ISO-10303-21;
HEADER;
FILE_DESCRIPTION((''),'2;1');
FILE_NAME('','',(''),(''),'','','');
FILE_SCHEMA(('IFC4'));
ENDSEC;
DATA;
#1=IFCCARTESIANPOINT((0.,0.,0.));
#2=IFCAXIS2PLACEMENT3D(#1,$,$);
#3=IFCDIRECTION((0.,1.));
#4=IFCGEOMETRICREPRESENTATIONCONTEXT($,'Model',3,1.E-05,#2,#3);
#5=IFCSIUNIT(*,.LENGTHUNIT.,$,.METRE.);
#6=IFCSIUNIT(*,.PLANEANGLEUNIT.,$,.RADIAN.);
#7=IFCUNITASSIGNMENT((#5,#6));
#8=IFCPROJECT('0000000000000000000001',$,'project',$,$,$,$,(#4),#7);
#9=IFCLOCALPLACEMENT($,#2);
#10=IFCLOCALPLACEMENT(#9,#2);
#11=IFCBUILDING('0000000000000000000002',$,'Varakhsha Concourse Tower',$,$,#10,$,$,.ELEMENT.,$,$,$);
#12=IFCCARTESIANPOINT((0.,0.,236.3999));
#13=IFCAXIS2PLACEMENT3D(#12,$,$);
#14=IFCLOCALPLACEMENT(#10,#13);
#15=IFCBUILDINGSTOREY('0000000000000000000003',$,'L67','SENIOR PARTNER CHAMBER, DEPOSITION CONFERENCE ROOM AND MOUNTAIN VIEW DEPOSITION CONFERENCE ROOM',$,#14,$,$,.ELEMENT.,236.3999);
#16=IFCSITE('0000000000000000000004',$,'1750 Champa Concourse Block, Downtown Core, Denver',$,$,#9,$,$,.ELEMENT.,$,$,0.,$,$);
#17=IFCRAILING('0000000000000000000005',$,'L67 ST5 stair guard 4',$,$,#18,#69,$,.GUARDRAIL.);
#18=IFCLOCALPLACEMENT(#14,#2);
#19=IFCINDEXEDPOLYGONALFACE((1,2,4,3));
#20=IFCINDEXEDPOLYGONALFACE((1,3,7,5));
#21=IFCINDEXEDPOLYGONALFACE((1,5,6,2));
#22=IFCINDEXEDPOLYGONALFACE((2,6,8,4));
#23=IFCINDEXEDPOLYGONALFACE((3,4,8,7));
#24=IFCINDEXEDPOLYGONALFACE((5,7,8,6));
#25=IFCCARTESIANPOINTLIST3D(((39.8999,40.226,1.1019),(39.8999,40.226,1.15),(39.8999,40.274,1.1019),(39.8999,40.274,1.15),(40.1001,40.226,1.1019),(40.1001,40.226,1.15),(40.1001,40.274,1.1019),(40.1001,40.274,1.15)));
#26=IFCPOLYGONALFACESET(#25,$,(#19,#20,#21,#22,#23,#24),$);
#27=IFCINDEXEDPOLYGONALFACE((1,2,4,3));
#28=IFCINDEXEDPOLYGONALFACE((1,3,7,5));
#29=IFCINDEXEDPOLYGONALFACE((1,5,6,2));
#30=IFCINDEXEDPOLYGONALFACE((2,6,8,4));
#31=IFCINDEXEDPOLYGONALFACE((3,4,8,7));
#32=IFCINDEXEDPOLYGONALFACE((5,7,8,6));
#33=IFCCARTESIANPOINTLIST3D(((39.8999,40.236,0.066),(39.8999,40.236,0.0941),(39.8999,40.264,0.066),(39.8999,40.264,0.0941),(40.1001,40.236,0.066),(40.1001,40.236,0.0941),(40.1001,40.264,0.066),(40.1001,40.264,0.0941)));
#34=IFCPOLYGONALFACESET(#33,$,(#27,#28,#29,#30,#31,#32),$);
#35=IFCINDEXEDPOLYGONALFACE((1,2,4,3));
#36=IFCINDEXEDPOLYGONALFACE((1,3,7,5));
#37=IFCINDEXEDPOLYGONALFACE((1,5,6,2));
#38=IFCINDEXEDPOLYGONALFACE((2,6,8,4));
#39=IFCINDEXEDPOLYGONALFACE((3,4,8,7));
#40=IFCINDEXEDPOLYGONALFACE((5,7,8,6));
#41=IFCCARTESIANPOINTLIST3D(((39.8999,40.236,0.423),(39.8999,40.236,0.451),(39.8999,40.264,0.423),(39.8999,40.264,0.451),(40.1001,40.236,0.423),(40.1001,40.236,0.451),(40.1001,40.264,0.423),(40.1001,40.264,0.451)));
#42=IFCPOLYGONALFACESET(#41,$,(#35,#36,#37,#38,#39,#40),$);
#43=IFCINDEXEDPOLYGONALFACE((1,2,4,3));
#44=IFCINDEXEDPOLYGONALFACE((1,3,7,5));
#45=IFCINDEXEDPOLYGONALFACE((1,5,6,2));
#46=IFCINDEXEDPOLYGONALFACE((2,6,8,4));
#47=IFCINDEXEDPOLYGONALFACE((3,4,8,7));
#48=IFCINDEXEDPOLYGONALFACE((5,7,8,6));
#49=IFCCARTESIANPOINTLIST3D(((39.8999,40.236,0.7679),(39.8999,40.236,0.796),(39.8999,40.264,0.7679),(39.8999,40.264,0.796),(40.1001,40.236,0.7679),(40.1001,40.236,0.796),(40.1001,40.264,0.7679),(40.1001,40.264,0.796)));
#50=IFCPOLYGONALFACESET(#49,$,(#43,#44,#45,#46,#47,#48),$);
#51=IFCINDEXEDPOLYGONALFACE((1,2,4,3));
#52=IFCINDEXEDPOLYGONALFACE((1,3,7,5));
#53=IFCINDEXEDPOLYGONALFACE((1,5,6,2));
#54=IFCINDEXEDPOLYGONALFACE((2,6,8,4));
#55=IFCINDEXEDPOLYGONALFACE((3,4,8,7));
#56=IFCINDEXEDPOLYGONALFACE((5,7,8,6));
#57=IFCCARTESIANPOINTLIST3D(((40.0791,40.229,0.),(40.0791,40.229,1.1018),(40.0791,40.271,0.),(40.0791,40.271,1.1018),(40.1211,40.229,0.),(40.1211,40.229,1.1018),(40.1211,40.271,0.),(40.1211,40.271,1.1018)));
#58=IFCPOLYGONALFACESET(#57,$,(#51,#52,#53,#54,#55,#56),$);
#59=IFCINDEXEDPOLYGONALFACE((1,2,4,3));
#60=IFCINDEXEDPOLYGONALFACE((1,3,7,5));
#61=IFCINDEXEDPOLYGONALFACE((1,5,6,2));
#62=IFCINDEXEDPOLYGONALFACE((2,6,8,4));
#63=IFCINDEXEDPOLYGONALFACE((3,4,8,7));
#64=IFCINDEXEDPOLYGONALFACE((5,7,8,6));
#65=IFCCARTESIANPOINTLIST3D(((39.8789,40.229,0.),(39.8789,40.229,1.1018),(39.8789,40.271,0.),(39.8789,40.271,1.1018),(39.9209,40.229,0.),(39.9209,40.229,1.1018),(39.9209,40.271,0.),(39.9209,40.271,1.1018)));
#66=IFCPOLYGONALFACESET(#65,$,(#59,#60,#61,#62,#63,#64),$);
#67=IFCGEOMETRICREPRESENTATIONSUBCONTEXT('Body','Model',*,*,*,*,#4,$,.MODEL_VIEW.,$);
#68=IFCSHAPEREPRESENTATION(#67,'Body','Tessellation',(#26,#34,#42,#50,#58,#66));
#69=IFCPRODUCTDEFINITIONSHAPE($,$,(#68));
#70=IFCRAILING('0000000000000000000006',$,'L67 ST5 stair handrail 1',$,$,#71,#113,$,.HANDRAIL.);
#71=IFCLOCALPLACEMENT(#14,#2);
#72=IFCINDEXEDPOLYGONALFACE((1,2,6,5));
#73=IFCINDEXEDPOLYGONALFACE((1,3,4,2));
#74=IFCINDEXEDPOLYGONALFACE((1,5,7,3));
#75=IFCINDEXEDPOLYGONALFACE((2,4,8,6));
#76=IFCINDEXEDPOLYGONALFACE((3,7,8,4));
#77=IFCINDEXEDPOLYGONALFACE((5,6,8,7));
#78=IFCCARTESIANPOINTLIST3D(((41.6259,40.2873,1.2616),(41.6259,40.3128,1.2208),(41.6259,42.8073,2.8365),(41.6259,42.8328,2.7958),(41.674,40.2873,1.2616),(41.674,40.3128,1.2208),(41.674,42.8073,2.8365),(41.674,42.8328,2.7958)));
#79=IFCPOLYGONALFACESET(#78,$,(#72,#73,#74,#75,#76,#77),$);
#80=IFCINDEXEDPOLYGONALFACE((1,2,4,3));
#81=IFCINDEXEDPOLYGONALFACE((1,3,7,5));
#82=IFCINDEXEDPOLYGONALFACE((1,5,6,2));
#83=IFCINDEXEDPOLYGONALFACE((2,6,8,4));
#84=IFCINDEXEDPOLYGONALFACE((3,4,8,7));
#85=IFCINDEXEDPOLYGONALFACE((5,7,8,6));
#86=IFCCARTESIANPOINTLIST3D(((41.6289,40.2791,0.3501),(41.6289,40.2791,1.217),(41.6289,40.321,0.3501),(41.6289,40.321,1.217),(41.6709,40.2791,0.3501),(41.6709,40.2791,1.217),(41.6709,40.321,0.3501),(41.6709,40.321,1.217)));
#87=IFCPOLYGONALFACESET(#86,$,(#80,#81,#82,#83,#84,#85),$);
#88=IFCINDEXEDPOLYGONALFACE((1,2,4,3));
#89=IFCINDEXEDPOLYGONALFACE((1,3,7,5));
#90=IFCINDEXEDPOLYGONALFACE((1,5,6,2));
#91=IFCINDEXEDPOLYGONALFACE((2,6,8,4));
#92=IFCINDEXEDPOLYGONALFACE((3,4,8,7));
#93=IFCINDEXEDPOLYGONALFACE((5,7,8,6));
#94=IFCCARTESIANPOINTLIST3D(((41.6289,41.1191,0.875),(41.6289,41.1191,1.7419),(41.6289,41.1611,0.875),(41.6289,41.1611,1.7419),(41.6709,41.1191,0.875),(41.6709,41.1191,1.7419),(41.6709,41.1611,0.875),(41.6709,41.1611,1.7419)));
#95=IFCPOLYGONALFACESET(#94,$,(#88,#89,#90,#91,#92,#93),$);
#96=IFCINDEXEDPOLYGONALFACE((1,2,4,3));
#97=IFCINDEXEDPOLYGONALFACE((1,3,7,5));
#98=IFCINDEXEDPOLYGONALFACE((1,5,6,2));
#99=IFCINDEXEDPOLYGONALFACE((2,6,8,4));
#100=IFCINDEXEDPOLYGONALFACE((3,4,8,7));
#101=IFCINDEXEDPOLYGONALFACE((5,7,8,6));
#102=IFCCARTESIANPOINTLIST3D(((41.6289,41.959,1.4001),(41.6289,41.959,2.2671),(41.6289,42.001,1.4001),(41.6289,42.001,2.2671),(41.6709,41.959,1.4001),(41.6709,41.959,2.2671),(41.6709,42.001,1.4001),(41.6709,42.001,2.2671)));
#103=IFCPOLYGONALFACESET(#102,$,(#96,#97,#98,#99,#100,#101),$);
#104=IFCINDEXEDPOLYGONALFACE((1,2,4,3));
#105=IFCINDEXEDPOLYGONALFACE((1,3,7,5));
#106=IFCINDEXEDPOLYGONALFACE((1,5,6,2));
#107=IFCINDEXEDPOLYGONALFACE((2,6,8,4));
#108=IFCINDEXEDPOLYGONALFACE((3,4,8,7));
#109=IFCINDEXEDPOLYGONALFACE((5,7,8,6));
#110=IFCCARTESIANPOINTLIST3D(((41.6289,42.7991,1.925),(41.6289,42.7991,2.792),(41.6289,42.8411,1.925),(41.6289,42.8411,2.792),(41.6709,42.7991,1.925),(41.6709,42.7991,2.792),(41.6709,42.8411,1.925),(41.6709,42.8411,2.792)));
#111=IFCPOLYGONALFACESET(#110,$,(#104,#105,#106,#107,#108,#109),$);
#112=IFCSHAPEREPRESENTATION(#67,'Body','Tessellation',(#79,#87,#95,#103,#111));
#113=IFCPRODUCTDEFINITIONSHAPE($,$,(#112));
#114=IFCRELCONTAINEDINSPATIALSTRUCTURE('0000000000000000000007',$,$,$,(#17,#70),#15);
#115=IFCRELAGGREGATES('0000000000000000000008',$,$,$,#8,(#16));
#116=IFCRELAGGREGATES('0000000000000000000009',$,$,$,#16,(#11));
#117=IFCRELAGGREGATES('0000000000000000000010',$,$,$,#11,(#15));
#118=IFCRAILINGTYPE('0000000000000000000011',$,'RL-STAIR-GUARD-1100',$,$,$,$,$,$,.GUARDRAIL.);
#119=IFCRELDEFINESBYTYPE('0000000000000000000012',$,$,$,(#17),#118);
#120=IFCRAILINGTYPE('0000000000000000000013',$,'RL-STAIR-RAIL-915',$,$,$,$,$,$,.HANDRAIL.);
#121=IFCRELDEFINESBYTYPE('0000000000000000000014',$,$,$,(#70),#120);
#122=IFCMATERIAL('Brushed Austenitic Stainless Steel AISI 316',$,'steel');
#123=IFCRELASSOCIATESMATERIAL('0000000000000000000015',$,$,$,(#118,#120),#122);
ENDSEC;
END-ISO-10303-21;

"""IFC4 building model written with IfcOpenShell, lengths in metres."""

from ifc_helpers import new_model, si_unit, direction, frame, origin, origin_2d, place, context, subcontext, project, spatial, rectangle, extrude, material, type_object, element, save


model = new_model("IFC4")

# Units and contexts
model_context = context("Model", 3, precision=1e-05, world=origin(), true_north=direction((0.0, 1.0)))
body_context = subcontext(model_context, "Body", "Model", "MODEL_VIEW")
ifc_project = project(units=[si_unit("LENGTHUNIT", "METRE"), si_unit("PLANEANGLEUNIT", "RADIAN")], contexts=[model_context])

# Site, building, storey
site_placement = place(None, origin())
site = spatial("IfcSite", under=ifc_project, at=site_placement, Name="1750 Champa Concourse Block, Downtown Core, Denver", CompositionType="ELEMENT", RefElevation=0.0)
building_placement = place(site_placement, origin())
building = spatial("IfcBuilding", under=site, at=building_placement, Name="Varakhsha Concourse Tower", CompositionType="ELEMENT")
storey_placement = place(building_placement, frame((0.0, 0.0, 236.3999)))
storey = spatial("IfcBuildingStorey", under=building, at=storey_placement, Name="L67", Description="SENIOR PARTNER CHAMBER, DEPOSITION CONFERENCE ROOM AND MOUNTAIN VIEW DEPOSITION CONFERENCE ROOM", CompositionType="ELEMENT", Elevation=236.3999)

# Railings
ifc_material_1 = material(Name="Brushed Austenitic Stainless Steel AISI 316", Category="steel")
railing_type_1 = type_object("IfcRailingType", Name="RL-STAIR-GUARD-1100", PredefinedType="GUARDRAIL", material=ifc_material_1)
railing_1_placement = place(storey_placement, frame((40.1001, 40.25, 0.0)))
element("IfcRailing", 1, at=railing_1_placement, inside=storey, type_object=railing_type_1, Name="L67 ST5 stair guard 4", PredefinedType="GUARDRAIL", context=body_context, shape_type="SweptSolid", body=[
    extrude(rectangle(XDim=0.0481, YDim=0.0481, at=origin_2d()), frame((0.0, 0.0, 1.126), z_axis=(-1.0, 0.0, 0.0), x_axis=(0.0, -1.0, 0.0)), (0.0, 0.0, 1.0), 0.2002),
    extrude(rectangle(XDim=0.0281, YDim=0.0281, at=origin_2d()), frame((0.0, 0.0, 0.0801), z_axis=(-1.0, 0.0, 0.0), x_axis=(0.0, -1.0, 0.0)), (0.0, 0.0, 1.0), 0.2002),
    extrude(rectangle(XDim=0.0281, YDim=0.0281, at=origin_2d()), frame((0.0, 0.0, 0.437), z_axis=(-1.0, 0.0, 0.0), x_axis=(0.0, -1.0, 0.0)), (0.0, 0.0, 1.0), 0.2002),
    extrude(rectangle(XDim=0.0281, YDim=0.0281, at=origin_2d()), frame((0.0, 0.0, 0.782), z_axis=(-1.0, 0.0, 0.0), x_axis=(0.0, -1.0, 0.0)), (0.0, 0.0, 1.0), 0.2002),
    extrude(rectangle(XDim=0.042, YDim=0.042, at=origin_2d()), origin(), (0.0, 0.0, 1.0), 1.1018),
    extrude(rectangle(XDim=0.042, YDim=0.042, at=origin_2d()), frame((-0.2002, 0.0, 0.0)), (0.0, 0.0, 1.0), 1.1018),
])
railing_type_2 = type_object("IfcRailingType", Name="RL-STAIR-RAIL-915", PredefinedType="HANDRAIL", material=ifc_material_1)
railing_2_placement = place(storey_placement, frame((41.6499, 40.3, 0.3501)))
element("IfcRailing", 2, at=railing_2_placement, inside=storey, type_object=railing_type_2, Name="L67 ST5 stair handrail 1", PredefinedType="HANDRAIL", context=body_context, shape_type="SweptSolid", body=[
    extrude(rectangle(XDim=0.0481, YDim=0.0481, at=origin_2d()), frame((0.0, 0.0, 0.8911), z_axis=(0.0, 0.848008, 0.529984), x_axis=(-1.0, 0.0, 0.0)), (0.0, 0.0, 1.0), 2.9717),
    extrude(rectangle(XDim=0.042, YDim=0.042, at=origin_2d()), origin(), (0.0, 0.0, 1.0), 0.8669),
    extrude(rectangle(XDim=0.042, YDim=0.042, at=origin_2d()), frame((0.0, 0.8401, 0.5249)), (0.0, 0.0, 1.0), 0.8669),
    extrude(rectangle(XDim=0.042, YDim=0.042, at=origin_2d()), frame((0.0, 1.6799, 1.05)), (0.0, 0.0, 1.0), 0.8669),
    extrude(rectangle(XDim=0.042, YDim=0.042, at=origin_2d()), frame((0.0, 2.52, 1.575)), (0.0, 0.0, 1.0), 0.8669),
])

save(model, "model.ifc")
